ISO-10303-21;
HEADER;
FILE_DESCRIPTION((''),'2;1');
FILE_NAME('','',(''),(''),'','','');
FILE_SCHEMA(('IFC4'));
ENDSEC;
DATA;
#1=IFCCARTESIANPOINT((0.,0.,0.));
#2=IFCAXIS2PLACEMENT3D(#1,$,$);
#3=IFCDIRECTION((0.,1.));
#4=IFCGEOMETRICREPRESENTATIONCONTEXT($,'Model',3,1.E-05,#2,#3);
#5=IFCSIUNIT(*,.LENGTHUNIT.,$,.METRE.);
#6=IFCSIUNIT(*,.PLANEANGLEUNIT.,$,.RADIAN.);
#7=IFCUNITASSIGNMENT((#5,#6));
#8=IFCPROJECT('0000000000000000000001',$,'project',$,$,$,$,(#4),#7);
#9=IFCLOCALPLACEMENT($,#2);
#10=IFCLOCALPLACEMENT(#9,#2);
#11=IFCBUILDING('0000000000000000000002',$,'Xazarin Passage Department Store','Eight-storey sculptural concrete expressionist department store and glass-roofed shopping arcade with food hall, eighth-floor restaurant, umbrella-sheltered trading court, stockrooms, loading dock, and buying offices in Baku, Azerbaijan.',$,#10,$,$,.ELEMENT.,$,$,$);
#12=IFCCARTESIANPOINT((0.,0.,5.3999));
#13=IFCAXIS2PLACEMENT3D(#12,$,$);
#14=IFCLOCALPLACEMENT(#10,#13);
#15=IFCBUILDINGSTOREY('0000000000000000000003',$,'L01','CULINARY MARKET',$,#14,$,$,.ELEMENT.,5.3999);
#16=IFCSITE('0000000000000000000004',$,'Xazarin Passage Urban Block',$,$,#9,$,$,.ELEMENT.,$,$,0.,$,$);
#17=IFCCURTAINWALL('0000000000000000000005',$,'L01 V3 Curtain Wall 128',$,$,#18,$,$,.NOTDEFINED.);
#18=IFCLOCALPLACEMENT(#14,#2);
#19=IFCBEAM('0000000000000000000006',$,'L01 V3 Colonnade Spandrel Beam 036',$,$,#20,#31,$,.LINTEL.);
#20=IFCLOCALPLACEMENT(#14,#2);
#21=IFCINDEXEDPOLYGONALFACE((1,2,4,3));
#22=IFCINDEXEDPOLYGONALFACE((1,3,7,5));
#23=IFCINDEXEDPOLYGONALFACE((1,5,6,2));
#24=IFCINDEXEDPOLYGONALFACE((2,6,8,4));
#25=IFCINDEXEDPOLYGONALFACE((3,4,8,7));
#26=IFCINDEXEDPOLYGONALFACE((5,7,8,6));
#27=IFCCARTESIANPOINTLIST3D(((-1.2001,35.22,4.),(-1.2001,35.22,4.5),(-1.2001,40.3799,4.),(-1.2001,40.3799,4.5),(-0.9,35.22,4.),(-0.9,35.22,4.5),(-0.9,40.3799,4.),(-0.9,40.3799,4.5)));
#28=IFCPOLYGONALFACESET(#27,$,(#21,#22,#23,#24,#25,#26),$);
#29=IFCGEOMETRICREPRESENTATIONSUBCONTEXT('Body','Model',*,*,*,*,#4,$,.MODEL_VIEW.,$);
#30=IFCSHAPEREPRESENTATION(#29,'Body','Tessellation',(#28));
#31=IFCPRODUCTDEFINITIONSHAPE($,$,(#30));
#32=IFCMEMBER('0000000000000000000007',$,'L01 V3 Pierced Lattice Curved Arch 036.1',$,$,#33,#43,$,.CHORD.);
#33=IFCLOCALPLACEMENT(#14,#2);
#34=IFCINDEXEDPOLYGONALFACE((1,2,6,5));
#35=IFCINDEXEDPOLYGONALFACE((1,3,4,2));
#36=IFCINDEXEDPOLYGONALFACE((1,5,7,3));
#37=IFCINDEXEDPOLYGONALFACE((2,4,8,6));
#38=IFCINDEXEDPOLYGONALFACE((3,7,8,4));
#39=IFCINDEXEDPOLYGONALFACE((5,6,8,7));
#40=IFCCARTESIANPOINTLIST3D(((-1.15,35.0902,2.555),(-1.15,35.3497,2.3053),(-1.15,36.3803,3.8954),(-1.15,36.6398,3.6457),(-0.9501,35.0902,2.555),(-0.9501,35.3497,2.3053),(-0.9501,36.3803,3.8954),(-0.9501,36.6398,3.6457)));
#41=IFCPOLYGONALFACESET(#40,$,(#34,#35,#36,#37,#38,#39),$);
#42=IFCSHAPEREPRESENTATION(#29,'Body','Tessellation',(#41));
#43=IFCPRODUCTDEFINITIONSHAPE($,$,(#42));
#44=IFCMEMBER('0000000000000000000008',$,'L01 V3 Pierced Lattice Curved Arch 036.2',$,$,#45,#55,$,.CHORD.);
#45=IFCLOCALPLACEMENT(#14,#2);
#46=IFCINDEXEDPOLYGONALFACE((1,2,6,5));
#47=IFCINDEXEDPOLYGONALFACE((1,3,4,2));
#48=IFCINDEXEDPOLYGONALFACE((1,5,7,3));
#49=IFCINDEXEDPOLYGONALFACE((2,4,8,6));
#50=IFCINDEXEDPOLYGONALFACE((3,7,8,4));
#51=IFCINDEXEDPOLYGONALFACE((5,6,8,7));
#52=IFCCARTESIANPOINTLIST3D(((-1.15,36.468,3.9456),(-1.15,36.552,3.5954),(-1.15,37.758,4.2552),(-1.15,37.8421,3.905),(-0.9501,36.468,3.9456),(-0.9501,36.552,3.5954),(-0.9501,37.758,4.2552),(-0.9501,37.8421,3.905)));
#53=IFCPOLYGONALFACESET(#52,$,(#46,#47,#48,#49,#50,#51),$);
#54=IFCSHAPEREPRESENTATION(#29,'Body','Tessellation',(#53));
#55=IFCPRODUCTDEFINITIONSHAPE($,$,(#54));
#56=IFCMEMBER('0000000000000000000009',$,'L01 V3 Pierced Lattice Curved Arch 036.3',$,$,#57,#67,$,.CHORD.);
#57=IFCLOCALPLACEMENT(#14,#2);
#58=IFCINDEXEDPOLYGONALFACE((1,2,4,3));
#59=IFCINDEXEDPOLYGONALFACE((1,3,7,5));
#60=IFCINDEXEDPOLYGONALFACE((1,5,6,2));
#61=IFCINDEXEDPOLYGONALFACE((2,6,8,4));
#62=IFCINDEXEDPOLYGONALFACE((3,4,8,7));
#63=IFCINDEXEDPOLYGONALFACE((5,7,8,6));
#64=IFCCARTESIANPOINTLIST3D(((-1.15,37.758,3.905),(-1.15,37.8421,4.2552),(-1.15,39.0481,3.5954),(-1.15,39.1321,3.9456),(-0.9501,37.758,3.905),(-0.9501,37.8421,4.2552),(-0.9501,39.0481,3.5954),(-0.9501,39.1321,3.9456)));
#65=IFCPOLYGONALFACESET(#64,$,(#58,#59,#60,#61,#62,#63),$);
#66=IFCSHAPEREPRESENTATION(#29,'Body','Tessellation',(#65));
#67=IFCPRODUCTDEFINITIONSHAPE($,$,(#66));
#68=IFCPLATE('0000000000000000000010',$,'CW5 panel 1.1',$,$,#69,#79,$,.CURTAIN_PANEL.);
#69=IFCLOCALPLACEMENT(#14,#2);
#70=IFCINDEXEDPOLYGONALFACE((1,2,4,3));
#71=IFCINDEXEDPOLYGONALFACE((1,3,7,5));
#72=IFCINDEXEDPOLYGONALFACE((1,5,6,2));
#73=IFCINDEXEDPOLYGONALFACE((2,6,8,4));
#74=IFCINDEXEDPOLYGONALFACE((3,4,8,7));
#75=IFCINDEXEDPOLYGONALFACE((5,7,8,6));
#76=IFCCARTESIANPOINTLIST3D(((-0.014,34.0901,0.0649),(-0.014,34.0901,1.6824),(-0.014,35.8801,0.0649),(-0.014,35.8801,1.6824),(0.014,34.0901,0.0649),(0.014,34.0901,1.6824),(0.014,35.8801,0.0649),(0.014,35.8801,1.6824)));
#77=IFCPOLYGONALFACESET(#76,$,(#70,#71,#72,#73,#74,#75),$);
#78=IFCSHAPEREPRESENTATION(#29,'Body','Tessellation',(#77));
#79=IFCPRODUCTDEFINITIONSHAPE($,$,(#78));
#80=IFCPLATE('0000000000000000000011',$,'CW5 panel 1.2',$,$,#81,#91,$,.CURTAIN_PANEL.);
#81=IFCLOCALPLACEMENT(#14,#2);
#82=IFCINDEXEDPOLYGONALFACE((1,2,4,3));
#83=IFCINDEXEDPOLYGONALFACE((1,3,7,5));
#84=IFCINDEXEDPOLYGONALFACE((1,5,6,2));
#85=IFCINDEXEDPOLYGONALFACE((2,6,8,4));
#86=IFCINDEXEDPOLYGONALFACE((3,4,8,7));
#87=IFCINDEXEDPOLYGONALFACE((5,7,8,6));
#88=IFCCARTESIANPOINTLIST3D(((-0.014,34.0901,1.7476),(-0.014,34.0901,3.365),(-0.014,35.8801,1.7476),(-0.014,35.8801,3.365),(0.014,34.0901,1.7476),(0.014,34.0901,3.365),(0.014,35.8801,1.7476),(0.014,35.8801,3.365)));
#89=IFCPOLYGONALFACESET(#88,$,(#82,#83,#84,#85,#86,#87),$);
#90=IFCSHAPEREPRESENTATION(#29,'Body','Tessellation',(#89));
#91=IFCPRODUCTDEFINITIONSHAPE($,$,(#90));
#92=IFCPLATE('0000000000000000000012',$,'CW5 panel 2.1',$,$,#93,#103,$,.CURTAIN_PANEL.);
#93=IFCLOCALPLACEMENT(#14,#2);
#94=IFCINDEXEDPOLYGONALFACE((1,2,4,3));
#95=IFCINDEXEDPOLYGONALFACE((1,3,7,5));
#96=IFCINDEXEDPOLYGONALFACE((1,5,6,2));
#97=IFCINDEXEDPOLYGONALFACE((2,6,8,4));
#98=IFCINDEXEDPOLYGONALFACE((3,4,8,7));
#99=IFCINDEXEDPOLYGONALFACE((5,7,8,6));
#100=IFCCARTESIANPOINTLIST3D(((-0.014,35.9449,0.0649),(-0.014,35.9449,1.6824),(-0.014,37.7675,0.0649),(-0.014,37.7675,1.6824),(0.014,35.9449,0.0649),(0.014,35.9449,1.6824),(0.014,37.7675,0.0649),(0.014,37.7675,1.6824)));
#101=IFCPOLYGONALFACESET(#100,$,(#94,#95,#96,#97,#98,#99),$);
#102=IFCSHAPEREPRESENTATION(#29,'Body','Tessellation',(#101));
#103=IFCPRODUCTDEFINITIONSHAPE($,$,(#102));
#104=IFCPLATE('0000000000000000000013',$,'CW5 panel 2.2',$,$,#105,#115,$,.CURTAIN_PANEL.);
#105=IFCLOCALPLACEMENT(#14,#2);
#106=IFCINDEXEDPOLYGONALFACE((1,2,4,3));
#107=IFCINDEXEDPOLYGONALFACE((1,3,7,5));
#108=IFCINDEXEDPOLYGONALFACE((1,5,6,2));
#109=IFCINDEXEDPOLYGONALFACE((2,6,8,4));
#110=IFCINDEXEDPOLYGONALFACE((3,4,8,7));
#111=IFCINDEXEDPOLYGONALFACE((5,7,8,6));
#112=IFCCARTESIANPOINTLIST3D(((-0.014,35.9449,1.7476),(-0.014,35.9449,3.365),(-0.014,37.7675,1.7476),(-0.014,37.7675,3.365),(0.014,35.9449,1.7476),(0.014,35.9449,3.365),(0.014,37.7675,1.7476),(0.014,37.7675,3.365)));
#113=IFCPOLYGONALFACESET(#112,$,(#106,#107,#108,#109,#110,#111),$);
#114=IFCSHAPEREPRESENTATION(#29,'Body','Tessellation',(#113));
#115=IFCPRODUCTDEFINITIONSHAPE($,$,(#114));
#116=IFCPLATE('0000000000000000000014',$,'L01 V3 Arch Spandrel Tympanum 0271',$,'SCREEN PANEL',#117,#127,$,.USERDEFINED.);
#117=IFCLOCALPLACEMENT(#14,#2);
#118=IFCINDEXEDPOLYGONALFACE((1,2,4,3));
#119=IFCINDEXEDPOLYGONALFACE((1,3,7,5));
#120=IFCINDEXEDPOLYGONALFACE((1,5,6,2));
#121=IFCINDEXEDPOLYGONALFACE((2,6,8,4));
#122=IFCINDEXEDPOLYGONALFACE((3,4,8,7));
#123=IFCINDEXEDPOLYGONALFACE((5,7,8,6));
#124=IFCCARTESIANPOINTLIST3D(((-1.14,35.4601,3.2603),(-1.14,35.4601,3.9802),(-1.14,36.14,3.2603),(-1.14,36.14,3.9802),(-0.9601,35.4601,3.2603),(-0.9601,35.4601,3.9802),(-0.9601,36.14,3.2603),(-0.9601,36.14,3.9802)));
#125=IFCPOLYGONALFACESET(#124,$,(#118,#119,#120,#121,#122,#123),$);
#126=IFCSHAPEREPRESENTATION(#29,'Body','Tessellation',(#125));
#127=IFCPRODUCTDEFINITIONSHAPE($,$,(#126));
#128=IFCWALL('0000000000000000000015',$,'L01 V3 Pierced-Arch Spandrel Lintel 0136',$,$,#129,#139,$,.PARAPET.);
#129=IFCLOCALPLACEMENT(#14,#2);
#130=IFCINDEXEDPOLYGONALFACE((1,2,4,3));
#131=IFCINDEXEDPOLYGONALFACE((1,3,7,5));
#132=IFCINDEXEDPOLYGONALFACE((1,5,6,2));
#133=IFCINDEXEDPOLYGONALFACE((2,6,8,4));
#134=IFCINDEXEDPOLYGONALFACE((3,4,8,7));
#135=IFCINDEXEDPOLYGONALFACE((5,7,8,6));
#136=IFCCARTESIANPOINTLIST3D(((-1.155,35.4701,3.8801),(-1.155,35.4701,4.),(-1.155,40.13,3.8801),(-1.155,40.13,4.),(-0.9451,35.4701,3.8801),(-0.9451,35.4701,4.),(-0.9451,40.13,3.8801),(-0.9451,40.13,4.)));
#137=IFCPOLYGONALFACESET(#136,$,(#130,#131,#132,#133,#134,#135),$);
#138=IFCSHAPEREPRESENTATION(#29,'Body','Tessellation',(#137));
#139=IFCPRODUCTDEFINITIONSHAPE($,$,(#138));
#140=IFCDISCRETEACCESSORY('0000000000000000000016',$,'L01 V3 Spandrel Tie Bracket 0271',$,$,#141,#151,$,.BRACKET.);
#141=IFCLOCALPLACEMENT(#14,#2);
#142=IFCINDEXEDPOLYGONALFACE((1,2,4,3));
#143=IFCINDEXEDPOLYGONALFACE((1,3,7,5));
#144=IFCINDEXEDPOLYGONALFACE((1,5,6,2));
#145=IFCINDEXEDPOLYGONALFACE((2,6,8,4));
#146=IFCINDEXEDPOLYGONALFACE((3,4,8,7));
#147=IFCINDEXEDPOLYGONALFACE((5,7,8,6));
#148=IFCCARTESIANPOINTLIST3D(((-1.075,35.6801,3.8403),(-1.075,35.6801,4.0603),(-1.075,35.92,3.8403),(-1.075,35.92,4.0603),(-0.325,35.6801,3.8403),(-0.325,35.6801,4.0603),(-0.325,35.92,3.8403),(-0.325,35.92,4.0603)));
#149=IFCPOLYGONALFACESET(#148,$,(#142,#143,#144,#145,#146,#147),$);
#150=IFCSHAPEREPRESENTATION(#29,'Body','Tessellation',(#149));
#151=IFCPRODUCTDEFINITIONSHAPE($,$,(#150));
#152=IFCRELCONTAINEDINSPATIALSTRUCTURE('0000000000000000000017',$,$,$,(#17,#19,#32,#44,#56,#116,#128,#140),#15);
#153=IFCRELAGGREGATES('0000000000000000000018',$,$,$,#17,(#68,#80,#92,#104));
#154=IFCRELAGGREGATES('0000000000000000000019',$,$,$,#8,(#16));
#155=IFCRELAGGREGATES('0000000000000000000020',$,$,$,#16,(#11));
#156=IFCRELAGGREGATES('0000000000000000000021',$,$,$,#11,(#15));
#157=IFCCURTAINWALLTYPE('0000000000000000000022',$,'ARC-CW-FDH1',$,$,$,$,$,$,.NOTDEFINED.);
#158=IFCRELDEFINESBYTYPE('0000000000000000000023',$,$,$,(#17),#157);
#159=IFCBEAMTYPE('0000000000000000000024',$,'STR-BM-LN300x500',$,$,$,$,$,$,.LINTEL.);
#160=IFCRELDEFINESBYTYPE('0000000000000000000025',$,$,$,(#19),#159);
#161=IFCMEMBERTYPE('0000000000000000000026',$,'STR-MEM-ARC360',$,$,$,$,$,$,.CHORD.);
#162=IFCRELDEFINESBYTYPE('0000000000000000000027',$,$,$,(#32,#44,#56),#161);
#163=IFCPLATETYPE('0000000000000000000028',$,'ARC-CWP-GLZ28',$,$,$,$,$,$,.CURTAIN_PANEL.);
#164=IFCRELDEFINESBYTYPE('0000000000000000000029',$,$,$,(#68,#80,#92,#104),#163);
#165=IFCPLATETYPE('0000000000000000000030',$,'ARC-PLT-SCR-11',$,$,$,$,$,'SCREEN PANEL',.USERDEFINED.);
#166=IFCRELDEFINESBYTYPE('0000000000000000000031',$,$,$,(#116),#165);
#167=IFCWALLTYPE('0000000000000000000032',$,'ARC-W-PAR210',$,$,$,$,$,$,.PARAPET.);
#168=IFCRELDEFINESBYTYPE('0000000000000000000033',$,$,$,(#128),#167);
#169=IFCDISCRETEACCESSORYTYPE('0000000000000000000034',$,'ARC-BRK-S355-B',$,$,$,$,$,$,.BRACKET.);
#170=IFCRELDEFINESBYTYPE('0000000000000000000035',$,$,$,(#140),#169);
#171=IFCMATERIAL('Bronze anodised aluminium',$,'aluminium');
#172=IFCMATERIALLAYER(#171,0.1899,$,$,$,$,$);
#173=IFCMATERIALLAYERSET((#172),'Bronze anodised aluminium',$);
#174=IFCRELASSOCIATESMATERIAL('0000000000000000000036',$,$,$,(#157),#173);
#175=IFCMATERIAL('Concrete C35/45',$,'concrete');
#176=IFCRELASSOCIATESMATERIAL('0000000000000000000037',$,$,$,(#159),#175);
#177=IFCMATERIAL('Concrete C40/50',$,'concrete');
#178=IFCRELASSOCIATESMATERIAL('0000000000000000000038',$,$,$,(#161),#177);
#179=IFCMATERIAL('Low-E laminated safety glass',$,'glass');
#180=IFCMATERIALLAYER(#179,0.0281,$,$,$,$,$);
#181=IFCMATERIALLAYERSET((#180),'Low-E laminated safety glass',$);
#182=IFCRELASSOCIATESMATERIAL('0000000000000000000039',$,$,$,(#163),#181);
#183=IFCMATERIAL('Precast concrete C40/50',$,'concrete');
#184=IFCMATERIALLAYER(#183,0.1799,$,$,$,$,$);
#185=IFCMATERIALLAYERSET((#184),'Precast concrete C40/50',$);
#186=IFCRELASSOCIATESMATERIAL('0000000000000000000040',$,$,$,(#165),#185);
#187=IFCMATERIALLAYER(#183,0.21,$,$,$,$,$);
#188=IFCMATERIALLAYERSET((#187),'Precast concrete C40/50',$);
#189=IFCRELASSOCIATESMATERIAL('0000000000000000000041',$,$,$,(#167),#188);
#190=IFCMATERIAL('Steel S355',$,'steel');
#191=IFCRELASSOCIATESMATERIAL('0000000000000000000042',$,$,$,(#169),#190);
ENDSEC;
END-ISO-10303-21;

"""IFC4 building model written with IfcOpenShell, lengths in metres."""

from ifc_helpers import new_model, si_unit, direction, frame, frame_2d, origin, origin_2d, place, context, subcontext, project, spatial, rectangle, extrude, material, layer, layer_set, material_profile, profile_set, type_object, element, aggregate, save


model = new_model("IFC4")

# Units and contexts
model_context = context("Model", 3, precision=1e-05, world=origin(), true_north=direction((0.0, 1.0)))
body_context = subcontext(model_context, "Body", "Model", "MODEL_VIEW")
ifc_project = project(units=[si_unit("LENGTHUNIT", "METRE"), si_unit("PLANEANGLEUNIT", "RADIAN")], contexts=[model_context])

# Site, building, storey
site_placement = place(None, origin())
site = spatial("IfcSite", under=ifc_project, at=site_placement, Name="Xazarin Passage Urban Block", CompositionType="ELEMENT", RefElevation=0.0)
building_placement = place(site_placement, origin())
building = spatial("IfcBuilding", under=site, at=building_placement, Name="Xazarin Passage Department Store", Description="Eight-storey sculptural concrete expressionist department store and glass-roofed shopping arcade with food hall, eighth-floor restaurant, umbrella-sheltered trading court, stockrooms, loading dock, and buying offices in Baku, Azerbaijan.", CompositionType="ELEMENT")
storey_placement = place(building_placement, frame((0.0, 0.0, 5.3999)))
storey = spatial("IfcBuildingStorey", under=building, at=storey_placement, Name="L01", Description="CULINARY MARKET", CompositionType="ELEMENT", Elevation=5.3999)

# Shared definitions
ifc_material_1 = material(Name="Concrete C40/50", Category="concrete")

# Curtain wall
ifc_material_2 = material(Name="Bronze anodised aluminium", Category="aluminium")
ifc_layer_1 = layer(ifc_material_2, 0.1899)
ifc_layer_set_1 = layer_set([ifc_layer_1], Name="Bronze anodised aluminium")
curtain_wall_type = type_object("IfcCurtainWallType", Name="ARC-CW-FDH1", PredefinedType="NOTDEFINED", material=ifc_layer_set_1)
curtain_wall_placement = place(storey_placement, origin())
curtain_wall = element("IfcCurtainWall", 1, at=curtain_wall_placement, inside=storey, type_object=curtain_wall_type, Name="L01 V3 Curtain Wall 128", PredefinedType="NOTDEFINED")

# Beam
ifc_material_3 = material(Name="Concrete C35/45", Category="concrete")
ifc_material_profile_1 = material_profile(ifc_material_3, rectangle(XDim=0.3, YDim=0.5, at=origin_2d()), Name="RC 300x500")
ifc_profile_set_1 = profile_set([ifc_material_profile_1], Name="Concrete C35/45")
beam_type = type_object("IfcBeamType", Name="STR-BM-LN300x500", PredefinedType="LINTEL", material=ifc_profile_set_1)
beam_1_placement = place(storey_placement, frame((-1.05, 35.22, 4.25), z_axis=(0.0, 1.0, 0.0), x_axis=(-1.0, 0.0, 0.0)))
element("IfcBeam", 2, at=beam_1_placement, inside=storey, type_object=beam_type, Name="L01 V3 Colonnade Spandrel Beam 036", PredefinedType="LINTEL", context=body_context, shape_type="SweptSolid", body=[
    extrude(rectangle(XDim=0.3, YDim=0.5, at=origin_2d()), origin(), (0.0, 0.0, 1.0), 5.1599),
])

# Members
ifc_material_profile_2 = material_profile(ifc_material_1, rectangle(XDim=0.2, YDim=0.3601, at=origin_2d()), Name="RC 200x360")
ifc_profile_set_2 = profile_set([ifc_material_profile_2], Name="Concrete C40/50")
member_type_1 = type_object("IfcMemberType", Name="STR-MEM-ARC360", PredefinedType="CHORD", material=ifc_profile_set_2)
member_1_placement = place(storey_placement, frame((-1.05, 35.22, 2.4302), z_axis=(0.0, 0.69346, 0.720495), x_axis=(-1.0, 0.0, 0.0)))
element("IfcMember", 3, at=member_1_placement, inside=storey, type_object=member_type_1, Name="L01 V3 Pierced Lattice Curved Arch 036.1", PredefinedType="CHORD", context=body_context, shape_type="SweptSolid", body=[
    extrude(rectangle(XDim=0.2, YDim=0.3601, at=origin_2d()), origin(), (0.0, 0.0, 1.0), 1.8604),
])
for number, where, z_axis, x_axis, name in (
    (4, (-1.05, 36.51, 3.7705), (0.0, 0.972394, 0.233345), (-1.0, 0.0, 0.0), "L01 V3 Pierced Lattice Curved Arch 036.2"),
    (5, (-1.05, 37.8, 4.0801), (0.0, 0.972394, -0.233345), (-1.0, 0.0, 0.0), "L01 V3 Pierced Lattice Curved Arch 036.3"),
):
    element("IfcMember", number, at=place(storey_placement, frame(where, z_axis=z_axis, x_axis=x_axis)), inside=storey, type_object=member_type_1, Name=name, PredefinedType="CHORD", context=body_context, shape_type="SweptSolid", body=[
        extrude(rectangle(XDim=0.2, YDim=0.3601, at=origin_2d()), origin(), (0.0, 0.0, 1.0), 1.3267),
    ])

# Plates
ifc_material_4 = material(Name="Low-E laminated safety glass", Category="glass")
ifc_layer_2 = layer(ifc_material_4, 0.0281)
ifc_layer_set_2 = layer_set([ifc_layer_2], Name="Low-E laminated safety glass")
plate_type_1 = type_object("IfcPlateType", Name="ARC-CWP-GLZ28", PredefinedType="CURTAIN_PANEL", material=ifc_layer_set_2)
plate_1_placement = place(storey_placement, frame((0.0, 34.9851, 0.0649), z_axis=(0.0, 0.0, 1.0), x_axis=(0.0, 1.0, 0.0)))
plate_1 = element("IfcPlate", 6, at=plate_1_placement, type_object=plate_type_1, Name="CW5 panel 1.1", PredefinedType="CURTAIN_PANEL", context=body_context, shape_type="SweptSolid", body=[
    extrude(rectangle(XDim=1.79, YDim=0.0281, at=origin_2d()), origin(), (0.0, 0.0, 1.0), 1.6174),
])
plate_2_placement = place(storey_placement, frame((0.0, 34.9851, 1.7476), z_axis=(0.0, 0.0, 1.0), x_axis=(0.0, 1.0, 0.0)))
plate_2 = element("IfcPlate", 7, at=plate_2_placement, type_object=plate_type_1, Name="CW5 panel 1.2", PredefinedType="CURTAIN_PANEL", context=body_context, shape_type="SweptSolid", body=[
    extrude(rectangle(XDim=1.79, YDim=0.0281, at=origin_2d()), origin(), (0.0, 0.0, 1.0), 1.6174),
])
plate_3_placement = place(storey_placement, frame((0.0, 36.8562, 0.0649), z_axis=(0.0, 0.0, 1.0), x_axis=(0.0, 1.0, 0.0)))
plate_3 = element("IfcPlate", 8, at=plate_3_placement, type_object=plate_type_1, Name="CW5 panel 2.1", PredefinedType="CURTAIN_PANEL", context=body_context, shape_type="SweptSolid", body=[
    extrude(rectangle(XDim=1.8225, YDim=0.0281, at=origin_2d()), origin(), (0.0, 0.0, 1.0), 1.6174),
])
plate_4_placement = place(storey_placement, frame((0.0, 36.8562, 1.7476), z_axis=(0.0, 0.0, 1.0), x_axis=(0.0, 1.0, 0.0)))
plate_4 = element("IfcPlate", 9, at=plate_4_placement, type_object=plate_type_1, Name="CW5 panel 2.2", PredefinedType="CURTAIN_PANEL", context=body_context, shape_type="SweptSolid", body=[
    extrude(rectangle(XDim=1.8225, YDim=0.0281, at=origin_2d()), origin(), (0.0, 0.0, 1.0), 1.6174),
])
aggregate(curtain_wall, [plate_1, plate_2, plate_3, plate_4])
ifc_material_5 = material(Name="Precast concrete C40/50", Category="concrete")
ifc_layer_3 = layer(ifc_material_5, 0.1799)
ifc_layer_set_3 = layer_set([ifc_layer_3], Name="Precast concrete C40/50")
plate_type_2 = type_object("IfcPlateType", Name="ARC-PLT-SCR-11", ElementType="SCREEN PANEL", PredefinedType="USERDEFINED", material=ifc_layer_set_3)
plate_5_placement = place(storey_placement, frame((-1.05, 35.8, 3.2603), z_axis=(0.0, 0.0, 1.0), x_axis=(0.0, 1.0, 0.0)))
element("IfcPlate", 10, at=plate_5_placement, inside=storey, type_object=plate_type_2, Name="L01 V3 Arch Spandrel Tympanum 0271", ObjectType="SCREEN PANEL", PredefinedType="USERDEFINED", context=body_context, shape_type="SweptSolid", body=[
    extrude(rectangle(XDim=0.6799, YDim=0.1799, at=origin_2d()), origin(), (0.0, 0.0, 1.0), 0.72),
])

# Wall
ifc_layer_4 = layer(ifc_material_5, 0.21)
ifc_layer_set_4 = layer_set([ifc_layer_4], Name="Precast concrete C40/50")
wall_type = type_object("IfcWallType", Name="ARC-W-PAR210", PredefinedType="PARAPET", material=ifc_layer_set_4)
wall_placement = place(storey_placement, frame((-1.05, 35.47, 3.8801), z_axis=(0.0, 0.0, 1.0), x_axis=(0.0, 1.0, 0.0)))
element("IfcWall", 11, at=wall_placement, inside=storey, type_object=wall_type, Name="L01 V3 Pierced-Arch Spandrel Lintel 0136", PredefinedType="PARAPET", context=body_context, shape_type="SweptSolid", body=[
    extrude(rectangle(XDim=4.6599, YDim=0.21, at=frame_2d((2.3301, 0.0))), origin(), (0.0, 0.0, 1.0), 0.1199),
])

# Discrete accessory
ifc_material_6 = material(Name="Steel S355", Category="steel")
discrete_accessory_type = type_object("IfcDiscreteAccessoryType", Name="ARC-BRK-S355-B", PredefinedType="BRACKET", material=ifc_material_6)
discrete_accessory_placement = place(storey_placement, frame((-0.7, 35.8, 3.8403), z_axis=(0.0, 0.0, 1.0), x_axis=(0.0, 1.0, 0.0)))
element("IfcDiscreteAccessory", 12, at=discrete_accessory_placement, inside=storey, type_object=discrete_accessory_type, Name="L01 V3 Spandrel Tie Bracket 0271", PredefinedType="BRACKET", context=body_context, shape_type="SweptSolid", body=[
    extrude(rectangle(XDim=0.24, YDim=0.75, at=origin_2d()), origin(), (0.0, 0.0, 1.0), 0.22),
])

save(model, "model.ifc")
